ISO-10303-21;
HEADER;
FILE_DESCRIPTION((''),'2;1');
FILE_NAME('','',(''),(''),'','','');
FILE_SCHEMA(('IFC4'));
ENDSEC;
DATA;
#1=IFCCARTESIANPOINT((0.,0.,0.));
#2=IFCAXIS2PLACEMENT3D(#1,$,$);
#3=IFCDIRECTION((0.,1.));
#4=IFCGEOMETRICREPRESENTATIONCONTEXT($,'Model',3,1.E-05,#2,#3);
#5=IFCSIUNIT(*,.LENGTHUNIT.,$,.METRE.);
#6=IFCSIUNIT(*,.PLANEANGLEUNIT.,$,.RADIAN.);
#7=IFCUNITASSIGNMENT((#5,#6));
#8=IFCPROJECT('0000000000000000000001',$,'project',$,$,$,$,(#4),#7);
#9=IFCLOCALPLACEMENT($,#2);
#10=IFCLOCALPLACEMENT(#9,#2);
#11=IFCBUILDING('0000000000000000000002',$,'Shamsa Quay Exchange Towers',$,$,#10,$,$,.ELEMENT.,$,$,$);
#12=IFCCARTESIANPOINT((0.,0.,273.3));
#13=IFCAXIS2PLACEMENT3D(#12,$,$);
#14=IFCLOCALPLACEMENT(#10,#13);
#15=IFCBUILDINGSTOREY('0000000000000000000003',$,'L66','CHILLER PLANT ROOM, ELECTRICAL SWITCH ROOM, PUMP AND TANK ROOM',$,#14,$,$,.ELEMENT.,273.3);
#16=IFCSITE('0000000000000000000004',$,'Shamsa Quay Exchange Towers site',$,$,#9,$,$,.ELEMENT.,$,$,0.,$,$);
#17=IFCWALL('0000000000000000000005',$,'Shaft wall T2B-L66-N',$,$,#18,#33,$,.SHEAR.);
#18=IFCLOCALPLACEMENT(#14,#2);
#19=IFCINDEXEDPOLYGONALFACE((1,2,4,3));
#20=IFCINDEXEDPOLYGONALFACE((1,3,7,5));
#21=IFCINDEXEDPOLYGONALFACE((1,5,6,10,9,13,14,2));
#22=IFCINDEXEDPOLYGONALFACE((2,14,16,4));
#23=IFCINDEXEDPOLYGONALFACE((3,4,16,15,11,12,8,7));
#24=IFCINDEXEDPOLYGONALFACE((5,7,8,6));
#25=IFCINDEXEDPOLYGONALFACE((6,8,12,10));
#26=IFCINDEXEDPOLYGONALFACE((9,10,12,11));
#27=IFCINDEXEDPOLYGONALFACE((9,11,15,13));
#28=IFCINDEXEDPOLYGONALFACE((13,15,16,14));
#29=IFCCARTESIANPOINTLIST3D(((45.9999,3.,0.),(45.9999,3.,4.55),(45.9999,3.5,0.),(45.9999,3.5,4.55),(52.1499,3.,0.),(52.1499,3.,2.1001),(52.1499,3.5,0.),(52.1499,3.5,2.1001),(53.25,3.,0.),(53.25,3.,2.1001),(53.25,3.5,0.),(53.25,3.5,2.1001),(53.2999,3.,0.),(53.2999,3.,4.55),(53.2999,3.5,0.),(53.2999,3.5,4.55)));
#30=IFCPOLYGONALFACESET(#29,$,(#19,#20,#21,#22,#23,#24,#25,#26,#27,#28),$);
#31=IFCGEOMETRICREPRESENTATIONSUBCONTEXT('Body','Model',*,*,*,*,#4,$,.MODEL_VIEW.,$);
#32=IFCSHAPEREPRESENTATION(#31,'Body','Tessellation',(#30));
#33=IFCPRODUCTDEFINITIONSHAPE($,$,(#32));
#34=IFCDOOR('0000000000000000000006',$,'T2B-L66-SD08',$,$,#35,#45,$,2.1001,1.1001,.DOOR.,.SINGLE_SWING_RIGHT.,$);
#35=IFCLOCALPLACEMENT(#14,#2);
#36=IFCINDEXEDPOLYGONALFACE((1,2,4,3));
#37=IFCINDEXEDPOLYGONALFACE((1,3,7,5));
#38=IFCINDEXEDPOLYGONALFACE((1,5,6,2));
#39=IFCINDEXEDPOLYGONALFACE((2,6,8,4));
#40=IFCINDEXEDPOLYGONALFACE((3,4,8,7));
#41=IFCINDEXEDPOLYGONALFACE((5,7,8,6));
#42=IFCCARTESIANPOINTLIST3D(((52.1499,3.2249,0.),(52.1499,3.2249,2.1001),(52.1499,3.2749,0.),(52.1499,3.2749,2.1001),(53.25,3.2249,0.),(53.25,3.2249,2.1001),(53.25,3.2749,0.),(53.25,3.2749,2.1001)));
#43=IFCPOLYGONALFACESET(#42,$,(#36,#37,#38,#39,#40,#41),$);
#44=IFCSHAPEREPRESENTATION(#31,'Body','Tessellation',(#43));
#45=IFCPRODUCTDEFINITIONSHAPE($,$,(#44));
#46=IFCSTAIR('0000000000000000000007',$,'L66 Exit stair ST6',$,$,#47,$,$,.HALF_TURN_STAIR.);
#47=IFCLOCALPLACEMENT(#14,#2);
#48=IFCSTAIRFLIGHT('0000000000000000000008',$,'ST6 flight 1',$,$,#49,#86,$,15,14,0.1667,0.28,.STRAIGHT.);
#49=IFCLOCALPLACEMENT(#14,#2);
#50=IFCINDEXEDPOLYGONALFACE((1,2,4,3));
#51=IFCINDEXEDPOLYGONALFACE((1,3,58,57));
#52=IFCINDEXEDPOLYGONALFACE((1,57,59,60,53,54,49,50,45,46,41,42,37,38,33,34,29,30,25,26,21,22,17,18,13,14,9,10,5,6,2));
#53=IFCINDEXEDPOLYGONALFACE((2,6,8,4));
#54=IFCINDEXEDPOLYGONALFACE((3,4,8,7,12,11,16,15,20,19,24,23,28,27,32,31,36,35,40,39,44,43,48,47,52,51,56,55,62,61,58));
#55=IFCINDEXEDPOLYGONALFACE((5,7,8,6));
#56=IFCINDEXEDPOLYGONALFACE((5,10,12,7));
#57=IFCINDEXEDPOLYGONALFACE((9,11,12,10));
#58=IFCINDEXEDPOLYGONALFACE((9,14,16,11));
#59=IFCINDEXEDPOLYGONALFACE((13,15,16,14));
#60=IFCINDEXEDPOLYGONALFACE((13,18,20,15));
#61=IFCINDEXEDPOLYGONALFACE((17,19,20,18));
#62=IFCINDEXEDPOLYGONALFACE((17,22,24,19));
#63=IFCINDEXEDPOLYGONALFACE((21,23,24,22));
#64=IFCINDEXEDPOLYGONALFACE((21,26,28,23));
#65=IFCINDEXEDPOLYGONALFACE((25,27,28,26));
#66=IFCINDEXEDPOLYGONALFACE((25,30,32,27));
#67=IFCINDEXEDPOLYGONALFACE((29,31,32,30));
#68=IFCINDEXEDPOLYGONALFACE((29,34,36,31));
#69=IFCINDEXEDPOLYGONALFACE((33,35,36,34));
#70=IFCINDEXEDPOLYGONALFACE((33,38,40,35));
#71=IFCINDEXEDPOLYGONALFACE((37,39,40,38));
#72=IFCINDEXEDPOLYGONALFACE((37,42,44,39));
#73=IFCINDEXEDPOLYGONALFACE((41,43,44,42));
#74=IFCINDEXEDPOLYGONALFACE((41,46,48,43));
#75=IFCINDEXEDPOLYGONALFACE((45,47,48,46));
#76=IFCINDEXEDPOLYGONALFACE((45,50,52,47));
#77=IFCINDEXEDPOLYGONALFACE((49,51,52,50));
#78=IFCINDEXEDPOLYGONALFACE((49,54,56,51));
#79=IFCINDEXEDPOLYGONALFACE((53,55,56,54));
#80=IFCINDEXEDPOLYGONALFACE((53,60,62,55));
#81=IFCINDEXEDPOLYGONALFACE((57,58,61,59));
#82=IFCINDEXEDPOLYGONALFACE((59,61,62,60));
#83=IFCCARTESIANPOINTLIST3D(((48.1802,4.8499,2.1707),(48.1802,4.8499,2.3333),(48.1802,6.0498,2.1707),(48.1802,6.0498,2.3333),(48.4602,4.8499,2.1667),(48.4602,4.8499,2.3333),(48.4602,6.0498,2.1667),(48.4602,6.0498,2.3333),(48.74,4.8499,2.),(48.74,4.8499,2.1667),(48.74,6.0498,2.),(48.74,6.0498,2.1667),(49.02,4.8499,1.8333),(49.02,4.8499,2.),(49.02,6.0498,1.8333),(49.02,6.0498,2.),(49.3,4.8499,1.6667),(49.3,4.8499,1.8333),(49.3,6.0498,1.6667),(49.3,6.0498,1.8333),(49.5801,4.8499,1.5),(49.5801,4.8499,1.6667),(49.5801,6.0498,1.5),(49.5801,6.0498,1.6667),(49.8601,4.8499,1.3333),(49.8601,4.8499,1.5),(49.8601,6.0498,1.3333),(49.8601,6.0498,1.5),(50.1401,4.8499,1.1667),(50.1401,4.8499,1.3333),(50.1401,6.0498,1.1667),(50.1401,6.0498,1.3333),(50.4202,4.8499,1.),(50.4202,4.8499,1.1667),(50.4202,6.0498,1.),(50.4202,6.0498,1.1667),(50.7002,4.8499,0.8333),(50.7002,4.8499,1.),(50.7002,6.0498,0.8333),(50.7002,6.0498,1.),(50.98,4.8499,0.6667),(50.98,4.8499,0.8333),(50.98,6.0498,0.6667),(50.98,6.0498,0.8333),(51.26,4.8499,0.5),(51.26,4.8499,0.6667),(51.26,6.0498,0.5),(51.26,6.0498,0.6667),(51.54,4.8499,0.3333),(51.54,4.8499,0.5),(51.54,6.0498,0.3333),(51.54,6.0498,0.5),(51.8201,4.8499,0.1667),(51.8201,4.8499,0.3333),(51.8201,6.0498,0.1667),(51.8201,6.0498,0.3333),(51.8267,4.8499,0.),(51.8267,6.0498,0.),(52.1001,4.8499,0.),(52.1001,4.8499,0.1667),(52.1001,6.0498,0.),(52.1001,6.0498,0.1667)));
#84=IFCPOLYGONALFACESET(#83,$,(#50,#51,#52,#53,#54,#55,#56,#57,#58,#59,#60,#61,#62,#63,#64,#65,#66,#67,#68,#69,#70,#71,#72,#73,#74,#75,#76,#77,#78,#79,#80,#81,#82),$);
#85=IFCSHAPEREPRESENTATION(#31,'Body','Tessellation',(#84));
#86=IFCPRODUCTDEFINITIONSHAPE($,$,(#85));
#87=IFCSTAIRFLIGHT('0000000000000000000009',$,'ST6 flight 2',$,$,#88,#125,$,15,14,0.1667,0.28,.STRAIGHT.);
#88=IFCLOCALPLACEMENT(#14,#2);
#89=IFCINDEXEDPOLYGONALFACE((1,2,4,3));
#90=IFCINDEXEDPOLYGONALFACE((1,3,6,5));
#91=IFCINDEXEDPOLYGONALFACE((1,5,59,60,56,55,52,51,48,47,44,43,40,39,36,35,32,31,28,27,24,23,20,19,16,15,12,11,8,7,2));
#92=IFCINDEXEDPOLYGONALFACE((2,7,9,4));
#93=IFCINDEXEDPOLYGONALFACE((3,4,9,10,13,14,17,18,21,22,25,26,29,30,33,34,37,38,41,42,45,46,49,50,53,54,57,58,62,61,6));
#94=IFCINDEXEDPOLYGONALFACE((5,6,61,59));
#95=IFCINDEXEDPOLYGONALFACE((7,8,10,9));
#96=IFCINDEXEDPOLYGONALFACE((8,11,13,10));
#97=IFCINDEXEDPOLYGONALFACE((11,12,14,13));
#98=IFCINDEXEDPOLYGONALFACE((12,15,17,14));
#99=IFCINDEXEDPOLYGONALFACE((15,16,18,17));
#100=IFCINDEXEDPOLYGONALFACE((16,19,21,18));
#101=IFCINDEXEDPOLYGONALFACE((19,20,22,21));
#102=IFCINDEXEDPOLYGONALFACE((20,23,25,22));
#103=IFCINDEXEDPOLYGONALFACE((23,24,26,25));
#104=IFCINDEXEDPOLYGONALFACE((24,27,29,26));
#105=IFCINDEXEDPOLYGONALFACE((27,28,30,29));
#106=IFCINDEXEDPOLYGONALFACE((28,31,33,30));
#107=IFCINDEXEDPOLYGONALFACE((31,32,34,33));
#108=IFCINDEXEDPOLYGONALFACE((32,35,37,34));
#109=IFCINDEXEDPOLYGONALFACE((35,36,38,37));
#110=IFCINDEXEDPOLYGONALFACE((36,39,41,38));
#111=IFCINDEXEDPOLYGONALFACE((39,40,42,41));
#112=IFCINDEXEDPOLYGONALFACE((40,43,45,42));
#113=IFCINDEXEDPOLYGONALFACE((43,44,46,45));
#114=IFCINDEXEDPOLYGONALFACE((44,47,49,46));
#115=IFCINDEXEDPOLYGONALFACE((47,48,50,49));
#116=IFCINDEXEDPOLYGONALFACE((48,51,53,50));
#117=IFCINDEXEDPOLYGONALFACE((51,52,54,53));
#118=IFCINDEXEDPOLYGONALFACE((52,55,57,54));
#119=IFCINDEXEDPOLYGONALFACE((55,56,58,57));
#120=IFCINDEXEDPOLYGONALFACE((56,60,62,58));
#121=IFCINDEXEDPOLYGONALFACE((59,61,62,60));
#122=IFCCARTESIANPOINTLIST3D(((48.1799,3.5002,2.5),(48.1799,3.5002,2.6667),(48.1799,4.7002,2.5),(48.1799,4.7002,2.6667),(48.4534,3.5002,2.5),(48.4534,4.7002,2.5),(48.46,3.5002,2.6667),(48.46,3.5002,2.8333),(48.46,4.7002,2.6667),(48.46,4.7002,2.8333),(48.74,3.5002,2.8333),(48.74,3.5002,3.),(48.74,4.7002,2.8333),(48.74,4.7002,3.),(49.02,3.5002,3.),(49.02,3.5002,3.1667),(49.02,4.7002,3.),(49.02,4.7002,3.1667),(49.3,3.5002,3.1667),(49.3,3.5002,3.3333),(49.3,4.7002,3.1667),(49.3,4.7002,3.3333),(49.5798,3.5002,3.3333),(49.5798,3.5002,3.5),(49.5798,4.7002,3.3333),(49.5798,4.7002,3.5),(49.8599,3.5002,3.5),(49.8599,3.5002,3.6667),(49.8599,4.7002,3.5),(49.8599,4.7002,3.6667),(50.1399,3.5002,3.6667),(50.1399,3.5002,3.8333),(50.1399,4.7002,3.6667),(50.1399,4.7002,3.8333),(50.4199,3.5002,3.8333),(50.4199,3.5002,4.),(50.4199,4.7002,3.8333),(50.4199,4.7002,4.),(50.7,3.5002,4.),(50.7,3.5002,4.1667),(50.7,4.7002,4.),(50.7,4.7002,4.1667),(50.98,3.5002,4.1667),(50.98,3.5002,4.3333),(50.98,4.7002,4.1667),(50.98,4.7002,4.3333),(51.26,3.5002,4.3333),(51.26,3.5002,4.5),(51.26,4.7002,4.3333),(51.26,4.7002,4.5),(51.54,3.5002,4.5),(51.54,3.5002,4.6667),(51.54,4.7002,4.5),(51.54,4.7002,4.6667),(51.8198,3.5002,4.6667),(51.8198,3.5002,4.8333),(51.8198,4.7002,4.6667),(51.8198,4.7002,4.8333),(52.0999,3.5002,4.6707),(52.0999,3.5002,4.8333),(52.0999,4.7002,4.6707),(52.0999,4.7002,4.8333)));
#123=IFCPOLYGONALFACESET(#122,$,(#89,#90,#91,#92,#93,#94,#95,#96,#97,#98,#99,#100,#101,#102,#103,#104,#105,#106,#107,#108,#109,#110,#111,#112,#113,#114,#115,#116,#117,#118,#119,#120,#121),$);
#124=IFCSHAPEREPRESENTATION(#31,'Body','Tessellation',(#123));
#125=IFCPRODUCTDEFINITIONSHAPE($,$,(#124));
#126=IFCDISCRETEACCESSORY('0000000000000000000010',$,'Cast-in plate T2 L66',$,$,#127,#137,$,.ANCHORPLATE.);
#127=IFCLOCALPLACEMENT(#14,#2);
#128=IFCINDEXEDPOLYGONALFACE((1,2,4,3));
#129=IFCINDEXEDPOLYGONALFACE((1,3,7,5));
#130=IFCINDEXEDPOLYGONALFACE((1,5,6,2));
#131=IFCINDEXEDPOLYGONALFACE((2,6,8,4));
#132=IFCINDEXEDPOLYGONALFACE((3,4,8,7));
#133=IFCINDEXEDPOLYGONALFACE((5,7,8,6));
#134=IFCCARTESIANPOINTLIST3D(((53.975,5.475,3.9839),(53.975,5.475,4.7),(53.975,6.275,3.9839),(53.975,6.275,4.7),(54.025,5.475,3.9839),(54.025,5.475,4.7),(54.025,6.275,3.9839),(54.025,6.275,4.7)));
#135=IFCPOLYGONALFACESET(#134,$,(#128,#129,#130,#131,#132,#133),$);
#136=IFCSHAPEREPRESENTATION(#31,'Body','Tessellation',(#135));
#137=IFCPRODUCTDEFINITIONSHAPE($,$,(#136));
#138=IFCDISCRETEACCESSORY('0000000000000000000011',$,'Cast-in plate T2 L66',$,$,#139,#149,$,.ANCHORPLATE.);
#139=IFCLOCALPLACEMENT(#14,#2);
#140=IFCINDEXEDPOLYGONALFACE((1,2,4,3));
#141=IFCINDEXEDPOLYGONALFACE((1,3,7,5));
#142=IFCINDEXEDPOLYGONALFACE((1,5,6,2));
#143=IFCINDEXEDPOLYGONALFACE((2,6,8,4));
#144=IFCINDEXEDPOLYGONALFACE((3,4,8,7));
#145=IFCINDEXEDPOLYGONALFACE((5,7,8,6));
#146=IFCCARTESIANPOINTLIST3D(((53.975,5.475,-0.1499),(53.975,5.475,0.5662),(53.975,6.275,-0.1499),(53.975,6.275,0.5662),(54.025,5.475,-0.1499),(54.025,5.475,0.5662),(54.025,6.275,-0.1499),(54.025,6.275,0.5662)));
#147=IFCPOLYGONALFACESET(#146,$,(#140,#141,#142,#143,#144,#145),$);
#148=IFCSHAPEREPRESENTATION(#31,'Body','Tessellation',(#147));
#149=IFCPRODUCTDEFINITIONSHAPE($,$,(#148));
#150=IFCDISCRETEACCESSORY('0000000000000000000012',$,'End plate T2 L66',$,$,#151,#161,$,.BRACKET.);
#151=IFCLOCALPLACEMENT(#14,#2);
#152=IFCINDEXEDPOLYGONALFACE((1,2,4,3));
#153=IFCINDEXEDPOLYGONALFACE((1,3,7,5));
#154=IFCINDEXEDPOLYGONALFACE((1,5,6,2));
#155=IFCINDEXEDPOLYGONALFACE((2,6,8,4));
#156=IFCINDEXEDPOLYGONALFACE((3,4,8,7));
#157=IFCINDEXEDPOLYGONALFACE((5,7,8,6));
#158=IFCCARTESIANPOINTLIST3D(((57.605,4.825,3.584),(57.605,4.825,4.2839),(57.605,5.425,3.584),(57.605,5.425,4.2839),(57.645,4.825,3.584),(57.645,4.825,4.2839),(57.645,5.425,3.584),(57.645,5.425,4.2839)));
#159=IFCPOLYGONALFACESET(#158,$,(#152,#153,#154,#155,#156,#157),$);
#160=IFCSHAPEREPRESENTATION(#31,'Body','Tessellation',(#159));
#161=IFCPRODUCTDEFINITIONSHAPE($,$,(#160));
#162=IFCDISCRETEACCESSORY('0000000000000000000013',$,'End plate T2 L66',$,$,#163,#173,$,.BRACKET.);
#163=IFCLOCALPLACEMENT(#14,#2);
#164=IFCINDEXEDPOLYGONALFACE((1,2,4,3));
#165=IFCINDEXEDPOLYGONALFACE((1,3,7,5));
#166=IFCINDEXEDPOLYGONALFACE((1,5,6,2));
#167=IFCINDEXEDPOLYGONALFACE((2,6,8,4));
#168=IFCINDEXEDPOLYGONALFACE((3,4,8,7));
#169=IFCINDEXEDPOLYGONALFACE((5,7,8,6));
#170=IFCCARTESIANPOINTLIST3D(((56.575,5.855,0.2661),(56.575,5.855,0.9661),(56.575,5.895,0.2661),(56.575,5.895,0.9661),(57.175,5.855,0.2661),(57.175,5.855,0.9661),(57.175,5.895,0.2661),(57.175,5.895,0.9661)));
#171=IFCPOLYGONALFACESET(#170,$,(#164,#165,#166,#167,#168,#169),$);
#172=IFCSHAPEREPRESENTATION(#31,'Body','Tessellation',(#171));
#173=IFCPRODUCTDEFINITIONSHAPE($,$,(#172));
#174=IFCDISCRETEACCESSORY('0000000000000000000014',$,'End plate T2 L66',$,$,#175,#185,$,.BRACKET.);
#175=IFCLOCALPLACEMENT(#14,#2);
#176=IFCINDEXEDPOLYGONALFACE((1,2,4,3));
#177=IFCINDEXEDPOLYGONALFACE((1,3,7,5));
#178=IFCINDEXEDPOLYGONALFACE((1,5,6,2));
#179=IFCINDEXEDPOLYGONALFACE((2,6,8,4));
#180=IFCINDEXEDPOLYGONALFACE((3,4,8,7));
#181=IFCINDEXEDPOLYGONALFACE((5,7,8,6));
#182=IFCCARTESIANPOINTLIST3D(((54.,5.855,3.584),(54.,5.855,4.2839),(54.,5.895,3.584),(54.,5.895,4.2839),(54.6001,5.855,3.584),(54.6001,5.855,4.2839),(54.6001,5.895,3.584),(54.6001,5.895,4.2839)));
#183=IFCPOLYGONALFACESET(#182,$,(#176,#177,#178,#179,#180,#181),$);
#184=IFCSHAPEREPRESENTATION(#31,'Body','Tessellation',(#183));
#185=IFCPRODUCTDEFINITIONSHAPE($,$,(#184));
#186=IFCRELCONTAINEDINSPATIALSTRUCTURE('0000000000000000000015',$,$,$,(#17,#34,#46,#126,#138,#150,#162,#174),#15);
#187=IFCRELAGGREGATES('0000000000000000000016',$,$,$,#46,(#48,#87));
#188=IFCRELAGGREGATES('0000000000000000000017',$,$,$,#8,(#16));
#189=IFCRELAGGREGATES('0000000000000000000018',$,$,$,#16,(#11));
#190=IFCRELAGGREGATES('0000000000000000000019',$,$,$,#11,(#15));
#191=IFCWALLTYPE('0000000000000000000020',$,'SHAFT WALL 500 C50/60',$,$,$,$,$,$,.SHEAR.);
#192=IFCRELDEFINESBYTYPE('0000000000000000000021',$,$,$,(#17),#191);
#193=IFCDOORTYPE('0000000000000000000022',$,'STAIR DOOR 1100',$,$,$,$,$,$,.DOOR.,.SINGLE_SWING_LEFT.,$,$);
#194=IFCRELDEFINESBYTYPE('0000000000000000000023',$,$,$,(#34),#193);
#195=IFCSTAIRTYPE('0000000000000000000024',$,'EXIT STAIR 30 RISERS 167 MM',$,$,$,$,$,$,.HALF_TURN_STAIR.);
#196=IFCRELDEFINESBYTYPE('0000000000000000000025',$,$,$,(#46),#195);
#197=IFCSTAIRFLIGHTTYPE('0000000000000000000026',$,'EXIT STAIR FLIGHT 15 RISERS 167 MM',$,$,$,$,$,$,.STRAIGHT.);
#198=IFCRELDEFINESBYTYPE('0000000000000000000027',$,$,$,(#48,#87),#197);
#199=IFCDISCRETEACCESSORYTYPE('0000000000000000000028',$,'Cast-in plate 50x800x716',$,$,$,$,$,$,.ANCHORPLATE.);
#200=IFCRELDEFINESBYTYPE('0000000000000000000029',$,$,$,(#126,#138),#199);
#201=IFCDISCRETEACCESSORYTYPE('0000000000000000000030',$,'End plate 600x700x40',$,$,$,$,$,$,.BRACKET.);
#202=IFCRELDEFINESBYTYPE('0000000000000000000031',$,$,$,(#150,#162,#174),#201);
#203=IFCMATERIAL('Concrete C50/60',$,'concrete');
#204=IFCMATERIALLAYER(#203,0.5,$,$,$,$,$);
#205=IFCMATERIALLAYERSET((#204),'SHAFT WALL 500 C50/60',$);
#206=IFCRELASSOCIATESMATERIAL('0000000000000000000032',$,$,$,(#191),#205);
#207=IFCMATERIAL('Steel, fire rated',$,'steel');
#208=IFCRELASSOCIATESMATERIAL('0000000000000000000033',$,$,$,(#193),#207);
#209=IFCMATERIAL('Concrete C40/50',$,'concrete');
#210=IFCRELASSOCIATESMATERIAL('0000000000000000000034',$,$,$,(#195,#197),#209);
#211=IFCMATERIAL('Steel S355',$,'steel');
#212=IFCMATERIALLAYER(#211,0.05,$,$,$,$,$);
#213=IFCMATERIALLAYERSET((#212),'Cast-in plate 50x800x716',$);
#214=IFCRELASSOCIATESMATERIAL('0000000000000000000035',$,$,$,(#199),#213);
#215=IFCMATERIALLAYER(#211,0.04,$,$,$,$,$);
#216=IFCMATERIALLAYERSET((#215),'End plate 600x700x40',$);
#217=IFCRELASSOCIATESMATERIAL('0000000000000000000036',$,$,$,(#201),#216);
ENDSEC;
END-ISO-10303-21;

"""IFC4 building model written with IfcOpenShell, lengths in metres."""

from ifc_helpers import new_model, si_unit, direction, frame, frame_2d, origin, origin_2d, place, context, subcontext, project, spatial, polyline, rectangle, outline, extrude, material, layer, layer_set, type_object, element, fill, aggregate, save


model = new_model("IFC4")

# Units and contexts
model_context = context("Model", 3, precision=1e-05, world=origin(), true_north=direction((0.0, 1.0)))
body_context = subcontext(model_context, "Body", "Model", "MODEL_VIEW")
ifc_project = project(units=[si_unit("LENGTHUNIT", "METRE"), si_unit("PLANEANGLEUNIT", "RADIAN")], contexts=[model_context])

# Site, building, storey
site_placement = place(None, origin())
site = spatial("IfcSite", under=ifc_project, at=site_placement, Name="Shamsa Quay Exchange Towers site", CompositionType="ELEMENT", RefElevation=0.0)
building_placement = place(site_placement, origin())
building = spatial("IfcBuilding", under=site, at=building_placement, Name="Shamsa Quay Exchange Towers", CompositionType="ELEMENT")
storey_placement = place(building_placement, frame((0.0, 0.0, 273.3)))
storey = spatial("IfcBuildingStorey", under=building, at=storey_placement, Name="L66", Description="CHILLER PLANT ROOM, ELECTRICAL SWITCH ROOM, PUMP AND TANK ROOM", CompositionType="ELEMENT", Elevation=273.3)

# Shared definitions
ifc_material_1 = material(Name="Steel S355", Category="steel")

# Shared definitions
ifc_material_2 = material(Name="Concrete C50/60", Category="concrete")

# Wall, opening, door
ifc_layer_1 = layer(ifc_material_2, 0.5)
ifc_layer_set_1 = layer_set([ifc_layer_1], Name="SHAFT WALL 500 C50/60")
wall_type_1 = type_object("IfcWallType", Name="SHAFT WALL 500 C50/60", PredefinedType="SHEAR", material=ifc_layer_set_1)
wall_1_placement = place(storey_placement, frame((46.0, 3.25, 0.0)))
wall_1 = element("IfcWall", 1, at=wall_1_placement, inside=storey, type_object=wall_type_1, Name="Shaft wall T2B-L66-N", PredefinedType="SHEAR", context=body_context, shape_type="SweptSolid", body=[
    extrude(rectangle(XDim=7.3, YDim=0.5, at=frame_2d((3.6499, 0.0))), origin(), (0.0, 0.0, 1.0), 4.55),
])
opening_placement = place(wall_1_placement, frame((6.1499, 0.0, 0.0)))
opening = element("IfcOpeningElement", 2, at=opening_placement, cuts=wall_1, PredefinedType="OPENING", context=body_context, shape_type="SweptSolid", body=[
    extrude(rectangle(XDim=1.1001, YDim=2.1001, at=frame_2d((0.55, 1.05))), frame((0.0, 0.26, 0.0), z_axis=(0.0, -1.0, 0.0), x_axis=(1.0, 0.0, 0.0)), (0.0, 0.0, 1.0), 0.52),
])
ifc_material_3 = material(Name="Steel, fire rated", Category="steel")
door_type = type_object("IfcDoorType", Name="STAIR DOOR 1100", OperationType="SINGLE_SWING_LEFT", PredefinedType="DOOR", material=ifc_material_3)
door_placement = place(opening_placement, origin())
door = element("IfcDoor", 3, at=door_placement, inside=storey, type_object=door_type, Name="T2B-L66-SD08", OperationType="SINGLE_SWING_RIGHT", OverallHeight=2.1001, OverallWidth=1.1001, PredefinedType="DOOR", context=body_context, shape_type="SweptSolid", body=[
    extrude(rectangle(XDim=1.1001, YDim=2.1001, at=frame_2d((0.55, 1.05))), frame((0.0, 0.0249, 0.0), z_axis=(0.0, -1.0, 0.0), x_axis=(1.0, 0.0, 0.0)), (0.0, 0.0, 1.0), 0.05),
])
fill(opening, door)

# Stair, stair flights
ifc_material_4 = material(Name="Concrete C40/50", Category="concrete")
stair_type = type_object("IfcStairType", Name="EXIT STAIR 30 RISERS 167 MM", PredefinedType="HALF_TURN_STAIR", material=ifc_material_4)
stair_placement = place(storey_placement, origin())
stair = element("IfcStair", 4, at=stair_placement, inside=storey, type_object=stair_type, Name="L66 Exit stair ST6", PredefinedType="HALF_TURN_STAIR")
stair_flight_type = type_object("IfcStairFlightType", Name="EXIT STAIR FLIGHT 15 RISERS 167 MM", PredefinedType="STRAIGHT", material=ifc_material_4)
stair_flight_1_placement = place(storey_placement, frame((52.1001, 5.45, 0.0), z_axis=(0.0, 0.0, 1.0), x_axis=(-1.0, 0.0, 0.0)))
stair_flight_1 = element("IfcStairFlight", 5, at=stair_flight_1_placement, type_object=stair_flight_type, Name="ST6 flight 1", NumberOfRisers=15, NumberOfTreads=14, PredefinedType="STRAIGHT", RiserHeight=0.1667, TreadLength=0.28, context=body_context, shape_type="SweptSolid", body=[
    extrude(outline(polyline([(0.0, 0.0), (0.0, 0.1667), (0.28, 0.1667), (0.28, 0.3333), (0.5601, 0.3333), (0.5601, 0.5), (0.8401, 0.5), (0.8401, 0.6667), (1.1201, 0.6667), (1.1201, 0.8333), (1.3999, 0.8333), (1.3999, 1.0), (1.6799, 1.0), (1.6799, 1.1667), (1.96, 1.1667), (1.96, 1.3333), (2.24, 1.3333), (2.24, 1.5), (2.52, 1.5), (2.52, 1.6667), (2.8, 1.6667), (2.8, 1.8333), (3.0801, 1.8333), (3.0801, 2.0), (3.3601, 2.0), (3.3601, 2.1667), (3.6399, 2.1667), (3.6399, 2.3333), (3.9199, 2.3333), (3.9199, 2.5), (3.9199, 2.1707), (0.2734, 0.0), (0.0, 0.0)])), frame((0.0, 0.6001, 0.0), z_axis=(0.0, -1.0, 0.0), x_axis=(1.0, 0.0, 0.0)), (0.0, 0.0, 1.0), 1.2),
])
stair_flight_2_placement = place(storey_placement, frame((48.1799, 4.1001, 2.5)))
stair_flight_2 = element("IfcStairFlight", 6, at=stair_flight_2_placement, type_object=stair_flight_type, Name="ST6 flight 2", NumberOfRisers=15, NumberOfTreads=14, PredefinedType="STRAIGHT", RiserHeight=0.1667, TreadLength=0.28, context=body_context, shape_type="SweptSolid", body=[
    extrude(outline(polyline([(0.0, 0.0), (0.0, 0.1667), (0.28, 0.1667), (0.28, 0.3333), (0.5601, 0.3333), (0.5601, 0.5), (0.8401, 0.5), (0.8401, 0.6667), (1.1201, 0.6667), (1.1201, 0.8333), (1.3999, 0.8333), (1.3999, 1.0), (1.6799, 1.0), (1.6799, 1.1667), (1.96, 1.1667), (1.96, 1.3333), (2.24, 1.3333), (2.24, 1.5), (2.52, 1.5), (2.52, 1.6667), (2.8, 1.6667), (2.8, 1.8333), (3.0801, 1.8333), (3.0801, 2.0), (3.3601, 2.0), (3.3601, 2.1667), (3.6399, 2.1667), (3.6399, 2.3333), (3.9199, 2.3333), (3.9199, 2.5), (3.9199, 2.1707), (0.2734, 0.0), (0.0, 0.0)])), frame((0.0, 0.6001, 0.0), z_axis=(0.0, -1.0, 0.0), x_axis=(1.0, 0.0, 0.0)), (0.0, 0.0, 1.0), 1.2),
])
aggregate(stair, [stair_flight_1, stair_flight_2])

# Discrete accessories
ifc_layer_2 = layer(ifc_material_1, 0.05)
ifc_layer_set_2 = layer_set([ifc_layer_2], Name="Cast-in plate 50x800x716")
discrete_accessory_type_1 = type_object("IfcDiscreteAccessoryType", Name="Cast-in plate 50x800x716", PredefinedType="ANCHORPLATE", material=ifc_layer_set_2)
for number, where, z_axis, x_axis, name in (
    (7, (54.0, 5.875, 3.9839), (0.0, 0.0, 1.0), (-1.0, 0.0, 0.0), "Cast-in plate T2 L66"),
    (8, (54.0, 5.875, -0.1499), (0.0, 0.0, 1.0), (-1.0, 0.0, 0.0), "Cast-in plate T2 L66"),
):
    element("IfcDiscreteAccessory", number, at=place(storey_placement, frame(where, z_axis=z_axis, x_axis=x_axis)), inside=storey, type_object=discrete_accessory_type_1, Name=name, PredefinedType="ANCHORPLATE", context=body_context, shape_type="SweptSolid", body=[
        extrude(rectangle(XDim=0.05, YDim=0.8, at=origin_2d()), origin(), (0.0, 0.0, 1.0), 0.7161),
    ])
ifc_layer_3 = layer(ifc_material_1, 0.04)
ifc_layer_set_3 = layer_set([ifc_layer_3], Name="End plate 600x700x40")
discrete_accessory_type_2 = type_object("IfcDiscreteAccessoryType", Name="End plate 600x700x40", PredefinedType="BRACKET", material=ifc_layer_set_3)
for number, where, z_axis, x_axis, name in (
    (9, (57.625, 5.125, 3.584), (0.0, 0.0, 1.0), (0.0, 1.0, 0.0), "End plate T2 L66"),
    (10, (56.875, 5.875, 0.2661), (0.0, 0.0, 1.0), (-1.0, 0.0, 0.0), "End plate T2 L66"),
    (11, (54.3, 5.875, 3.584), (0.0, 0.0, 1.0), (-1.0, 0.0, 0.0), "End plate T2 L66"),
):
    element("IfcDiscreteAccessory", number, at=place(storey_placement, frame(where, z_axis=z_axis, x_axis=x_axis)), inside=storey, type_object=discrete_accessory_type_2, Name=name, PredefinedType="BRACKET", context=body_context, shape_type="SweptSolid", body=[
        extrude(rectangle(XDim=0.6001, YDim=0.04, at=origin_2d()), origin(), (0.0, 0.0, 1.0), 0.7),
    ])

save(model, "model.ifc")
